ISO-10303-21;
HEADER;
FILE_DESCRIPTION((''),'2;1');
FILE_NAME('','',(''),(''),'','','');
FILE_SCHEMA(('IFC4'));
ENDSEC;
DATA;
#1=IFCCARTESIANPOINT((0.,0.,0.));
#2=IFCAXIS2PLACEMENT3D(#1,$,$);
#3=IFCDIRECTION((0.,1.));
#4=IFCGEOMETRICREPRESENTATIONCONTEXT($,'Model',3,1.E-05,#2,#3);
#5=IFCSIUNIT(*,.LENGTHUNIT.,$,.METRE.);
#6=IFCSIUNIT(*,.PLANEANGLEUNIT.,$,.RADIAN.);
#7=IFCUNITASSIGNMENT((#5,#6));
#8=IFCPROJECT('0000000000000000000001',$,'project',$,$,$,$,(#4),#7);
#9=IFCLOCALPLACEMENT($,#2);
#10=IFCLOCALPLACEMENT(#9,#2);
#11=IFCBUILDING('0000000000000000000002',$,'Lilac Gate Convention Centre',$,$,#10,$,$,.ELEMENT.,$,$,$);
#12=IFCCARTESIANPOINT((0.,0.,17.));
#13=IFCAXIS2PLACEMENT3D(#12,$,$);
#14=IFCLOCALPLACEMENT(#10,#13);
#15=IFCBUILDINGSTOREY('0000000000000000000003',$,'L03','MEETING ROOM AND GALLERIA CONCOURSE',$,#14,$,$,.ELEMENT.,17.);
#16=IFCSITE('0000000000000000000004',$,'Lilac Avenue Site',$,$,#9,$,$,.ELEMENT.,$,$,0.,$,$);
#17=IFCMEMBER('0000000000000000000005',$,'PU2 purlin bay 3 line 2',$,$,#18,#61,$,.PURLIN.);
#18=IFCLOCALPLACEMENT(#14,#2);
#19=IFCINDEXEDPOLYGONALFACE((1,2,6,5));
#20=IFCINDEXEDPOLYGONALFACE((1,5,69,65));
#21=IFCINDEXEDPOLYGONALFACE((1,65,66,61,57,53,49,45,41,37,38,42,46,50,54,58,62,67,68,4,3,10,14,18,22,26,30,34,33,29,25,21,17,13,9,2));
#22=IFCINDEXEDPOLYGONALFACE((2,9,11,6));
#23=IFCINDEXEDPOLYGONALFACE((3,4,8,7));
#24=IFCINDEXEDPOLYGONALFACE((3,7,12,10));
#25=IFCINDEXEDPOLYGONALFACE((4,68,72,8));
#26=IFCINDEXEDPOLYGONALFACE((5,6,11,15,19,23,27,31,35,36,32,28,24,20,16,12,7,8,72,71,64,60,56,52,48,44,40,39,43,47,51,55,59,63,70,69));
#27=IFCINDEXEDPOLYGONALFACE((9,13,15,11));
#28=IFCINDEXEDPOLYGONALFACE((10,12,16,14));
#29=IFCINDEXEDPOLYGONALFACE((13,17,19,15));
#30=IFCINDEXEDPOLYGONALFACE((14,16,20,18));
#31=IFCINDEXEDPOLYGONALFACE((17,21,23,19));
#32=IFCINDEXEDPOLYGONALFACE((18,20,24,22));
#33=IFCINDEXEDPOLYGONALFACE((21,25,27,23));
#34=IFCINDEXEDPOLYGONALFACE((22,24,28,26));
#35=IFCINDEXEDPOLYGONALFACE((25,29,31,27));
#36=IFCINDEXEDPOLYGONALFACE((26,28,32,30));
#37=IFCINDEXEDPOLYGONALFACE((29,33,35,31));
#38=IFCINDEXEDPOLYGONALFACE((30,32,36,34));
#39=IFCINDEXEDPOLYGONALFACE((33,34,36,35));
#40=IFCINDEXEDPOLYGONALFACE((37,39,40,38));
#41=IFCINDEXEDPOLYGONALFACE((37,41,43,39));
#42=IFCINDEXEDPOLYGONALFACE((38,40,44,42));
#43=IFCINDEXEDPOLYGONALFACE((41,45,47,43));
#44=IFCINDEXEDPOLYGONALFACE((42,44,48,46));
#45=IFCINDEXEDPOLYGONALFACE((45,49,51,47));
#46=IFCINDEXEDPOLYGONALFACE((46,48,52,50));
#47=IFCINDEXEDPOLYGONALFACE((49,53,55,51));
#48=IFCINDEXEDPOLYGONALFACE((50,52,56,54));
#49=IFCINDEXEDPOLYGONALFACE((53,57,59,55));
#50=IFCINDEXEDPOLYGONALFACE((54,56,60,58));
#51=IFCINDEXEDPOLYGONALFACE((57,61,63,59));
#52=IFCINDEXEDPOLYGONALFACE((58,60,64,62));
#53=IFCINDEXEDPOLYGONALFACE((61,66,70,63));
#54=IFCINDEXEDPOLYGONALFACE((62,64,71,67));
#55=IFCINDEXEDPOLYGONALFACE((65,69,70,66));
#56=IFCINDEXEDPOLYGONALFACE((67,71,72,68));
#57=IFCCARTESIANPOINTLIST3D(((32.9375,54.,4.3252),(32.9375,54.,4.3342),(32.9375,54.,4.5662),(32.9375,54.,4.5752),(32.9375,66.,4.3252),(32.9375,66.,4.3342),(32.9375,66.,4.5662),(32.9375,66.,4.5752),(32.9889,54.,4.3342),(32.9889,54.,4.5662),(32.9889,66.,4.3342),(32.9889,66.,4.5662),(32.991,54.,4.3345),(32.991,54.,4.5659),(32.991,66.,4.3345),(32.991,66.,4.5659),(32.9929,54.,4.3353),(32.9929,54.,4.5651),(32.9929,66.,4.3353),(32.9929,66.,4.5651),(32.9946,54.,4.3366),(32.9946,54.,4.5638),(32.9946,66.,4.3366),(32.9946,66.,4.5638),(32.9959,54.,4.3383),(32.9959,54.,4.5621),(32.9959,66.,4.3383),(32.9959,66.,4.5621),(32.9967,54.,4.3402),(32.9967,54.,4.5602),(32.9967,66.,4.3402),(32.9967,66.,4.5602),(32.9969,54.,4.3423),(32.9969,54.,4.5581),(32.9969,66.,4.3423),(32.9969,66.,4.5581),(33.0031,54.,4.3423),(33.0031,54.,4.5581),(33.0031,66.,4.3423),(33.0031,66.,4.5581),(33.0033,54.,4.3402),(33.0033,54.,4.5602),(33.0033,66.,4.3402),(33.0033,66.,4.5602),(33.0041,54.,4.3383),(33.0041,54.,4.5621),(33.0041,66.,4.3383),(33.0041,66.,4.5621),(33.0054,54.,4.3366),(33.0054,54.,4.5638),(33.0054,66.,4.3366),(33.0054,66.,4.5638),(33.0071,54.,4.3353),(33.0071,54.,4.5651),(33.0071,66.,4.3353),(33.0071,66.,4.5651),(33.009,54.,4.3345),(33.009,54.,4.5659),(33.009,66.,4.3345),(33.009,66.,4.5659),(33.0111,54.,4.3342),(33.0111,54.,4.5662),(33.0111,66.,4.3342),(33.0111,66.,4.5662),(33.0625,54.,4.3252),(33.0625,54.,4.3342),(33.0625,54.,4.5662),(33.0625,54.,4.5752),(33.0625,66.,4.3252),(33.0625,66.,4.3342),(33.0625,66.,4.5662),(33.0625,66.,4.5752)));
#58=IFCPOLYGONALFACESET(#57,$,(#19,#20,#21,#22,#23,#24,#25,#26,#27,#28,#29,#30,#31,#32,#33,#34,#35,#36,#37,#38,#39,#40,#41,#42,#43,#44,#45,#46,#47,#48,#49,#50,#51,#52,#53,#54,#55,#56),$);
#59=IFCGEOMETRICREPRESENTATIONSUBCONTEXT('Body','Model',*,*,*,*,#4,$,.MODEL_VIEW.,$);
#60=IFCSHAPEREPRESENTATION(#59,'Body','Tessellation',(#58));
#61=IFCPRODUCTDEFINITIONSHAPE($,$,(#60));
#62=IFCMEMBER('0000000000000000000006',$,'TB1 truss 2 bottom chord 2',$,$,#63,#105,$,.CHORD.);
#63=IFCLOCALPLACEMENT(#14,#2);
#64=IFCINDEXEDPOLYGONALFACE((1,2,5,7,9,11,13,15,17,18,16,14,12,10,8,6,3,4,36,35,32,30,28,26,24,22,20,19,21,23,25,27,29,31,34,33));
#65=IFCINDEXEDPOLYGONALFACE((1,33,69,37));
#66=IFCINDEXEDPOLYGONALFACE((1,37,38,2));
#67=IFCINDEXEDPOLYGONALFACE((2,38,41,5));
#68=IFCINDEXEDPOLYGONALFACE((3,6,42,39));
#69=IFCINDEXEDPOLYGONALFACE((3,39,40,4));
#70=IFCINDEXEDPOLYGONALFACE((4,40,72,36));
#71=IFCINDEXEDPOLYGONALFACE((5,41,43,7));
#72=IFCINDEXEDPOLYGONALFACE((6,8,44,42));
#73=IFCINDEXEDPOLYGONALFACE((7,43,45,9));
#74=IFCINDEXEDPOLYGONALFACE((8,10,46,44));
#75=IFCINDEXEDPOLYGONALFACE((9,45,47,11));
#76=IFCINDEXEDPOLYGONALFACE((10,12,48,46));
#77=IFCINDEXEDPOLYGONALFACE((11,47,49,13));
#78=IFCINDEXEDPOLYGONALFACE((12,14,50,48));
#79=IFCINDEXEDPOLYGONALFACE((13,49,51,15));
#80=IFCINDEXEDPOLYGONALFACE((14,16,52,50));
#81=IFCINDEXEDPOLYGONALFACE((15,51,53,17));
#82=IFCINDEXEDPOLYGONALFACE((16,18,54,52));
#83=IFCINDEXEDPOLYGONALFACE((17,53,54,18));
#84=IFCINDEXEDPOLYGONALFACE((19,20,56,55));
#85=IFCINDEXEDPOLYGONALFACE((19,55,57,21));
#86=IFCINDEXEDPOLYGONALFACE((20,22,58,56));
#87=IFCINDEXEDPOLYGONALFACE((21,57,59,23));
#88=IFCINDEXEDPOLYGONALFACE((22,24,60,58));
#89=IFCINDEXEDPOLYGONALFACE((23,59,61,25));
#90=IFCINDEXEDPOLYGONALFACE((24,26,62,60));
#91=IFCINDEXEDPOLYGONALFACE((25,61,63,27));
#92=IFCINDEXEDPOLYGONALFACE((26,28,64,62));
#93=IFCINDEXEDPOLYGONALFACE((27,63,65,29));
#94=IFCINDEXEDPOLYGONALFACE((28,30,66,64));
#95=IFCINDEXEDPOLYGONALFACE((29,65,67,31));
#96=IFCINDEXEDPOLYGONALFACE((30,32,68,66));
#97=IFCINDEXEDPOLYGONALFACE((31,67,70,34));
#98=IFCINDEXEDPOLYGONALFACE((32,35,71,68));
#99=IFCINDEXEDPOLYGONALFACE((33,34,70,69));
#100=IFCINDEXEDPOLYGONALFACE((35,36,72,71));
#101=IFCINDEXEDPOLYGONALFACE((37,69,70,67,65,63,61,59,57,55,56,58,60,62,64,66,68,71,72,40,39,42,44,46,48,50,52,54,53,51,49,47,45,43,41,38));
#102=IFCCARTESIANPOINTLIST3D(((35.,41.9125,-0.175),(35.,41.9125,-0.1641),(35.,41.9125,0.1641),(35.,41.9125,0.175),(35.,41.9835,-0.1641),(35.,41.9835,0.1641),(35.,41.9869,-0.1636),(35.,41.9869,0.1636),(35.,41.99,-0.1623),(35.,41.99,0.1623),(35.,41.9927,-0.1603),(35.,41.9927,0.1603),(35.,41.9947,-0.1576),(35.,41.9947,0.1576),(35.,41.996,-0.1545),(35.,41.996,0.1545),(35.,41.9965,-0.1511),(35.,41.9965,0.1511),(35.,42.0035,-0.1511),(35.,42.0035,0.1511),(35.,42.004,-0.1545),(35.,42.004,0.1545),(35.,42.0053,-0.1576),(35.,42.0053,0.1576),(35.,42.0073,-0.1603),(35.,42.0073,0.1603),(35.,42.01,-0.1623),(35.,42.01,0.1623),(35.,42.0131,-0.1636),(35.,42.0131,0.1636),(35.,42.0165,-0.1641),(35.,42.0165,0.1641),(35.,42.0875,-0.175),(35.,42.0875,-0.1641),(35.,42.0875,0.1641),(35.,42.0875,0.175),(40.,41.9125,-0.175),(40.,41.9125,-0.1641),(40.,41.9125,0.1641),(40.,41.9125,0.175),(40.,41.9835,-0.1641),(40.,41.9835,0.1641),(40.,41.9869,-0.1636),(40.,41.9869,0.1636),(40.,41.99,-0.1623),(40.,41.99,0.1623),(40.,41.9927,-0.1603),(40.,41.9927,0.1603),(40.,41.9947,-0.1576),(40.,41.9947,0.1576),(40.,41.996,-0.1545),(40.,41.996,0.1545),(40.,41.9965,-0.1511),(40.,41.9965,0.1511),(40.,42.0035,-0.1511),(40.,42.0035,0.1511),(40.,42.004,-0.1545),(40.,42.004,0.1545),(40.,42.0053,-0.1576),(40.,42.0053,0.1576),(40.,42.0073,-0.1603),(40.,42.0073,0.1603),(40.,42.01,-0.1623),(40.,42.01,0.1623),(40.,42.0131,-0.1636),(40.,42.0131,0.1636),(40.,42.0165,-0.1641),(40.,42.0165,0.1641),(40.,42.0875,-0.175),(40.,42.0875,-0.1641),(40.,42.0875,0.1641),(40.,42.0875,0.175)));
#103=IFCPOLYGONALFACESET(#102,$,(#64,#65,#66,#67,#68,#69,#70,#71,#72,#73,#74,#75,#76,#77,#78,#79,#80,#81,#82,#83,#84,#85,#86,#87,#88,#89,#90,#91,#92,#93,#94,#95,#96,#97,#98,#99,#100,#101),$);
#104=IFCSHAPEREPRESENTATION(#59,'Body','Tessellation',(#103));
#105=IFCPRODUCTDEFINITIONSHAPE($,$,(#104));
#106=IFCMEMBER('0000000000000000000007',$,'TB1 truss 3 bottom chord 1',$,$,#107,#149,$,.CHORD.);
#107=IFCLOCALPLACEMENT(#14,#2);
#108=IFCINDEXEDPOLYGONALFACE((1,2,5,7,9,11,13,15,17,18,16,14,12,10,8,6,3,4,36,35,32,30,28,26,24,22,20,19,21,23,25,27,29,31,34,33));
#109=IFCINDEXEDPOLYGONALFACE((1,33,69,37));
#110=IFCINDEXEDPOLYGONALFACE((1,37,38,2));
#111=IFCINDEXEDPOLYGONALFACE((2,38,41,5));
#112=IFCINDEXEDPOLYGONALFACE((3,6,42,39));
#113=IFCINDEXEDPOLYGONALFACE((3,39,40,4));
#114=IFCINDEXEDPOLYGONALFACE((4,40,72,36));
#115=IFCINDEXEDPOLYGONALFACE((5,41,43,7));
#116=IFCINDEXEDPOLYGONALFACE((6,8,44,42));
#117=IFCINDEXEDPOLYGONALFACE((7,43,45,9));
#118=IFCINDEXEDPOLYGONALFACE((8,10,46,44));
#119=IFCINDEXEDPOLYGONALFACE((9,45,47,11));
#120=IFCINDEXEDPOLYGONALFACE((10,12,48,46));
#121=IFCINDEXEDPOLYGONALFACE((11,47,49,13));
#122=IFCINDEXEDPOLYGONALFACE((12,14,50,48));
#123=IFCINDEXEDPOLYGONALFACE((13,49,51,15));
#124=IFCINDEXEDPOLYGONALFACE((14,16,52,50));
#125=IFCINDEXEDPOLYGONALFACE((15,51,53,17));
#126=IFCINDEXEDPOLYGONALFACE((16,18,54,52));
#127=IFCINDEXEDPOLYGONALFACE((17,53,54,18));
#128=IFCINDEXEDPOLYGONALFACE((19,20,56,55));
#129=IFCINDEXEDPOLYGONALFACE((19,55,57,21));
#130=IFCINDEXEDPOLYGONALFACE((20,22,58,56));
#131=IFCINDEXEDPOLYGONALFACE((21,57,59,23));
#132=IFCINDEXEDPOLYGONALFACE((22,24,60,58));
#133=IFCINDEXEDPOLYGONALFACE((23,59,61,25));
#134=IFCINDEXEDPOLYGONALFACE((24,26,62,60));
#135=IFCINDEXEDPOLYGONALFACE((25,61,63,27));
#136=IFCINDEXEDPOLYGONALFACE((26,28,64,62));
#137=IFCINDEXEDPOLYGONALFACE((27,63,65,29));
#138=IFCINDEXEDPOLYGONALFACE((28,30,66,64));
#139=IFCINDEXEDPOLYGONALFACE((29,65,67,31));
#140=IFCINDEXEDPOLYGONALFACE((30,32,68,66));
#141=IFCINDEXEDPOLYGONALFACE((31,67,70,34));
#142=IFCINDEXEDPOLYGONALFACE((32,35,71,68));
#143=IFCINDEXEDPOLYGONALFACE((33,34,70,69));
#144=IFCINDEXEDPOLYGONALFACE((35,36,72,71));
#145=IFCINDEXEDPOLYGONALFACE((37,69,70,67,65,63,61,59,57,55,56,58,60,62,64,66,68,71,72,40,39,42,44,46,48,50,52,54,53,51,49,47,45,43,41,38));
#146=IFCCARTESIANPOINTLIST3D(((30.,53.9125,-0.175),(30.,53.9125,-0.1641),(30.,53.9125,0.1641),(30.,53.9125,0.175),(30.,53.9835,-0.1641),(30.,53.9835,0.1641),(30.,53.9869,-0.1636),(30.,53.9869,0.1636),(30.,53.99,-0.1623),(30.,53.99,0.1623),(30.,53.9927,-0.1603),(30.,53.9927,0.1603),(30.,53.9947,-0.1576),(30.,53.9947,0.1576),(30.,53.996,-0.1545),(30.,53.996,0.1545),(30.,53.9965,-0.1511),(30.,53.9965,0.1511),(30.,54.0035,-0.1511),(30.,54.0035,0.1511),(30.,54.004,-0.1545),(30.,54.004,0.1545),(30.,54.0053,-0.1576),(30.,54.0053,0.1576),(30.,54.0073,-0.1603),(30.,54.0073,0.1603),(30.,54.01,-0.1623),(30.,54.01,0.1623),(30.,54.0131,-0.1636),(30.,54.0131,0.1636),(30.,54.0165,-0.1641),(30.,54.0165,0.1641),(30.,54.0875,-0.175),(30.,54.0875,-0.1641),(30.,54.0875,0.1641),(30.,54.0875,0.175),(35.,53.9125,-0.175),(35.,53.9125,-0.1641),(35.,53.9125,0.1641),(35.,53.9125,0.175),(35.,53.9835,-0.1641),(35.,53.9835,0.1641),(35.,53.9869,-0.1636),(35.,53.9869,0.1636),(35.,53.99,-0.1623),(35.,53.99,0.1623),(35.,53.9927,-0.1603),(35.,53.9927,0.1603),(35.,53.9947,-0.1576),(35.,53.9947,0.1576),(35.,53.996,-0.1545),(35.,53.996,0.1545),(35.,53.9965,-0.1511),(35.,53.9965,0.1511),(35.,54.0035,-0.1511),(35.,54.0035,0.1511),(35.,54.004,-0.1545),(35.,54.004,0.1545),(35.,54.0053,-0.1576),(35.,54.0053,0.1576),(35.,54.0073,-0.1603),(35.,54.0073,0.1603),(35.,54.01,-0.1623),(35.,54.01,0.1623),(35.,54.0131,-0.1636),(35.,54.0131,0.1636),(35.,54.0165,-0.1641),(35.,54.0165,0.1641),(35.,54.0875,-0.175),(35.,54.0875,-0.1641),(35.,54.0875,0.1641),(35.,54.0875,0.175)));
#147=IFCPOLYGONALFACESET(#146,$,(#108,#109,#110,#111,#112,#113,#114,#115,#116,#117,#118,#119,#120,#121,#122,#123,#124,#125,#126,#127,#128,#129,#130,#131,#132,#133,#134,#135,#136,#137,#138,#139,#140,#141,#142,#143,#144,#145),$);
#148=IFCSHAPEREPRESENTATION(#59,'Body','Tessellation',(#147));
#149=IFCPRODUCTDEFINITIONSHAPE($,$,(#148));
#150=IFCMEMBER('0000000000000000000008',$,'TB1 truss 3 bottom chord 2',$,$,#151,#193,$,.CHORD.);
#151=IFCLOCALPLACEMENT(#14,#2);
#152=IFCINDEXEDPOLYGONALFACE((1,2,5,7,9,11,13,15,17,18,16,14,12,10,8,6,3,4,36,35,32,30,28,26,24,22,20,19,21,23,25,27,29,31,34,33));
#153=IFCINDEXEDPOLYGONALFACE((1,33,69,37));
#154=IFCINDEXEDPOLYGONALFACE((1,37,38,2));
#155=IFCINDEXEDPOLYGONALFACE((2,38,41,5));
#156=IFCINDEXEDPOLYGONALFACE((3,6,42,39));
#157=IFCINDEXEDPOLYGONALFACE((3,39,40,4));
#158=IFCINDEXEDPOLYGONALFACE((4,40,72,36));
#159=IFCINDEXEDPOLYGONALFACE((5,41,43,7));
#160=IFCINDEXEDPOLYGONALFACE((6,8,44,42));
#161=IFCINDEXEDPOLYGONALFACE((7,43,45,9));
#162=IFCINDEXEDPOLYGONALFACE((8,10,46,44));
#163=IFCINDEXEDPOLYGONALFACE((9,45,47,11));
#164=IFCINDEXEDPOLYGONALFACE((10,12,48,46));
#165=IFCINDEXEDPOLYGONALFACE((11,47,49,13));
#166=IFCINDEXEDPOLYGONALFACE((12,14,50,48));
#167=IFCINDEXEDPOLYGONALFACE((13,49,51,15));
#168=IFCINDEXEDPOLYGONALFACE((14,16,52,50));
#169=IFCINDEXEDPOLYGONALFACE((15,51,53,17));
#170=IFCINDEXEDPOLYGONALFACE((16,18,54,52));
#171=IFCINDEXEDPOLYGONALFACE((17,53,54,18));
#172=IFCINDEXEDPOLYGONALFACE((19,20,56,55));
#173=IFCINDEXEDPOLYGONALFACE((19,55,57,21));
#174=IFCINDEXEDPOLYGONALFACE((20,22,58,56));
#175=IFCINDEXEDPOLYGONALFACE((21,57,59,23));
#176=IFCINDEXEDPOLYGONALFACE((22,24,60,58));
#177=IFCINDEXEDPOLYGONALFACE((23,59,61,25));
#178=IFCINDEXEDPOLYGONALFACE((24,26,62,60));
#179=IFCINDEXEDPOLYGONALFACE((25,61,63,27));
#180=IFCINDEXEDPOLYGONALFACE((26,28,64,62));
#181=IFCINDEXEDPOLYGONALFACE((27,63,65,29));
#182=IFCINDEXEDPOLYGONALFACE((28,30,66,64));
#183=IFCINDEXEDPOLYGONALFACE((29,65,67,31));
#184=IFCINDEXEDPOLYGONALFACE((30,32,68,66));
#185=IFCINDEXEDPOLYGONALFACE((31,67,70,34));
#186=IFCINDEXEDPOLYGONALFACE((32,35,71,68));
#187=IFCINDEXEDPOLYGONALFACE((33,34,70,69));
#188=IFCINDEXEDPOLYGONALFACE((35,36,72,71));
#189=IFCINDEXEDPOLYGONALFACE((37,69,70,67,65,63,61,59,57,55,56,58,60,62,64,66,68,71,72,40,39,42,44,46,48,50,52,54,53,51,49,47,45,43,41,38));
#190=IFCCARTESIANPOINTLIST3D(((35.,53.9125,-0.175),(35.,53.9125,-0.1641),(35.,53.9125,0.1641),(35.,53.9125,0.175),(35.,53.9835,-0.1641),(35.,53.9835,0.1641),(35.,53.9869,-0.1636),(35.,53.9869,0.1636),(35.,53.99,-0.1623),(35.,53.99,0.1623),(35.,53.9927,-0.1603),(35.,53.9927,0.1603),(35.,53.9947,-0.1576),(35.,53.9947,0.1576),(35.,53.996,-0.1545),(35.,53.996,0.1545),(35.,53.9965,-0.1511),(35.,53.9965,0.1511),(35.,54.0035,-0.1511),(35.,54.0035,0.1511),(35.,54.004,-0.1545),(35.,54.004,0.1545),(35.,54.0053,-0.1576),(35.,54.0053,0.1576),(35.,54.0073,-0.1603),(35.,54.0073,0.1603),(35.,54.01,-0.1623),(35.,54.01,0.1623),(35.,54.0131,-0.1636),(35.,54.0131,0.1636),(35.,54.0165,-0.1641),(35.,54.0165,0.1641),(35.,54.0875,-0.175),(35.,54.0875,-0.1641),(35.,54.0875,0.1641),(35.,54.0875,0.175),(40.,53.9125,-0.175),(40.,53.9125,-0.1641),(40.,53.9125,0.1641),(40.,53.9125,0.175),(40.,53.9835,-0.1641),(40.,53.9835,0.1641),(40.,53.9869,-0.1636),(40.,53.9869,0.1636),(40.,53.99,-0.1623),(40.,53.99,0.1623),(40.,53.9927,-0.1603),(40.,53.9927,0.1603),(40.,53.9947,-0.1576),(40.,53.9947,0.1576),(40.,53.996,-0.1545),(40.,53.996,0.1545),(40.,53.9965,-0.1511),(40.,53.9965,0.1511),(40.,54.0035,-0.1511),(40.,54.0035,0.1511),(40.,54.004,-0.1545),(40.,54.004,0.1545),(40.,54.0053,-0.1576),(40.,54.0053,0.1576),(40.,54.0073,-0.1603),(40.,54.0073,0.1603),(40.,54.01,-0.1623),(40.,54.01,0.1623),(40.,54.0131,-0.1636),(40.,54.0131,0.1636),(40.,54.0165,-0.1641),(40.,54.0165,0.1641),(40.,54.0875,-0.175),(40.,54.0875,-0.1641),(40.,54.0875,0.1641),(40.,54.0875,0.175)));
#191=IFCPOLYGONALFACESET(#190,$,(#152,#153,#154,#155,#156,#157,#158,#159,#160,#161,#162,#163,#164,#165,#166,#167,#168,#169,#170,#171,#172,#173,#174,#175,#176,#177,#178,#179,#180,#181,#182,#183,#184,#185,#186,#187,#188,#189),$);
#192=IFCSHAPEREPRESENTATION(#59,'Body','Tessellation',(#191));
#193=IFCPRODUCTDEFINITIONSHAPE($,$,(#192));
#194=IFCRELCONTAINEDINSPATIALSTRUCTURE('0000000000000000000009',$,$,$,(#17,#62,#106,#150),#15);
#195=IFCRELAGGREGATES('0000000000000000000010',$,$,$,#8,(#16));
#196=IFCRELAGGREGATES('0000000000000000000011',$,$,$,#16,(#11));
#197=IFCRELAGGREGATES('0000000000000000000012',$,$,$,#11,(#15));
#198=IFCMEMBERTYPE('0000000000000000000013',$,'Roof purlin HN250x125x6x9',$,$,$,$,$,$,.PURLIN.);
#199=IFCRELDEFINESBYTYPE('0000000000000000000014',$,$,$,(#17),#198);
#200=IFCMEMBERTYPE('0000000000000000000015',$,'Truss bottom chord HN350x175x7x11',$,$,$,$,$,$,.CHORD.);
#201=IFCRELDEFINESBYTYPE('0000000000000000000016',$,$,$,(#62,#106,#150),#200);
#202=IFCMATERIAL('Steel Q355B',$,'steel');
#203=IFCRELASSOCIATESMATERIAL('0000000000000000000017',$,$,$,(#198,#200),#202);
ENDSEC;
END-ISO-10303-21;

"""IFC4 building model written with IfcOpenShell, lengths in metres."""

from ifc_helpers import new_model, si_unit, direction, frame, origin, origin_2d, place, context, subcontext, project, spatial, i_section, extrude, material, material_profile, profile_set, type_object, element, save


model = new_model("IFC4")

# Units and contexts
model_context = context("Model", 3, precision=1e-05, world=origin(), true_north=direction((0.0, 1.0)))
body_context = subcontext(model_context, "Body", "Model", "MODEL_VIEW")
ifc_project = project(units=[si_unit("LENGTHUNIT", "METRE"), si_unit("PLANEANGLEUNIT", "RADIAN")], contexts=[model_context])

# Site, building, storey
site_placement = place(None, origin())
site = spatial("IfcSite", under=ifc_project, at=site_placement, Name="Lilac Avenue Site", CompositionType="ELEMENT", RefElevation=0.0)
building_placement = place(site_placement, origin())
building = spatial("IfcBuilding", under=site, at=building_placement, Name="Lilac Gate Convention Centre", CompositionType="ELEMENT")
storey_placement = place(building_placement, frame((0.0, 0.0, 17.0)))
storey = spatial("IfcBuildingStorey", under=building, at=storey_placement, Name="L03", Description="MEETING ROOM AND GALLERIA CONCOURSE", CompositionType="ELEMENT", Elevation=17.0)

# Shared definitions
ifc_material_1 = material(Name="Steel Q355B", Category="steel")

# Members
ifc_material_profile_1 = material_profile(ifc_material_1, i_section(OverallWidth=0.125, OverallDepth=0.25, WebThickness=0.0061, FlangeThickness=0.009, FilletRadius=0.0081, at=origin_2d()), Name="HN250x125x6x9")
ifc_profile_set_1 = profile_set([ifc_material_profile_1], Name="Steel Q355B")
member_type_1 = type_object("IfcMemberType", Name="Roof purlin HN250x125x6x9", PredefinedType="PURLIN", material=ifc_profile_set_1)
for number, where, z_axis, x_axis, name in (
    (1, (33.0, 54.0, 4.4502), (0.0, 1.0, 0.0), (-1.0, 0.0, 0.0), "PU2 purlin bay 3 line 2"),
):
    element("IfcMember", number, at=place(storey_placement, frame(where, z_axis=z_axis, x_axis=x_axis)), inside=storey, type_object=member_type_1, Name=name, PredefinedType="PURLIN", context=body_context, shape_type="SweptSolid", body=[
        extrude(i_section(OverallWidth=0.125, OverallDepth=0.25, WebThickness=0.0061, FlangeThickness=0.009, FilletRadius=0.0081, at=origin_2d()), origin(), (0.0, 0.0, 1.0), 12.0),
    ])
ifc_material_profile_2 = material_profile(ifc_material_1, i_section(OverallWidth=0.175, OverallDepth=0.3501, WebThickness=0.0071, FlangeThickness=0.011, FilletRadius=0.0129, at=origin_2d()), Name="HN350x175x7x11")
ifc_profile_set_2 = profile_set([ifc_material_profile_2], Name="Steel Q355B")
member_type_2 = type_object("IfcMemberType", Name="Truss bottom chord HN350x175x7x11", PredefinedType="CHORD", material=ifc_profile_set_2)
for number, where, z_axis, x_axis, name in (
    (2, (35.0, 42.0, 0.0), (1.0, 0.0, 0.0), (0.0, 1.0, 0.0), "TB1 truss 2 bottom chord 2"),
    (3, (30.0, 54.0, 0.0), (1.0, 0.0, 0.0), (0.0, 1.0, 0.0), "TB1 truss 3 bottom chord 1"),
    (4, (35.0, 54.0, 0.0), (1.0, 0.0, 0.0), (0.0, 1.0, 0.0), "TB1 truss 3 bottom chord 2"),
):
    element("IfcMember", number, at=place(storey_placement, frame(where, z_axis=z_axis, x_axis=x_axis)), inside=storey, type_object=member_type_2, Name=name, PredefinedType="CHORD", context=body_context, shape_type="SweptSolid", body=[
        extrude(i_section(OverallWidth=0.175, OverallDepth=0.3501, WebThickness=0.0071, FlangeThickness=0.011, FilletRadius=0.0129, at=origin_2d()), origin(), (0.0, 0.0, 1.0), 5.0),
    ])

save(model, "model.ifc")
